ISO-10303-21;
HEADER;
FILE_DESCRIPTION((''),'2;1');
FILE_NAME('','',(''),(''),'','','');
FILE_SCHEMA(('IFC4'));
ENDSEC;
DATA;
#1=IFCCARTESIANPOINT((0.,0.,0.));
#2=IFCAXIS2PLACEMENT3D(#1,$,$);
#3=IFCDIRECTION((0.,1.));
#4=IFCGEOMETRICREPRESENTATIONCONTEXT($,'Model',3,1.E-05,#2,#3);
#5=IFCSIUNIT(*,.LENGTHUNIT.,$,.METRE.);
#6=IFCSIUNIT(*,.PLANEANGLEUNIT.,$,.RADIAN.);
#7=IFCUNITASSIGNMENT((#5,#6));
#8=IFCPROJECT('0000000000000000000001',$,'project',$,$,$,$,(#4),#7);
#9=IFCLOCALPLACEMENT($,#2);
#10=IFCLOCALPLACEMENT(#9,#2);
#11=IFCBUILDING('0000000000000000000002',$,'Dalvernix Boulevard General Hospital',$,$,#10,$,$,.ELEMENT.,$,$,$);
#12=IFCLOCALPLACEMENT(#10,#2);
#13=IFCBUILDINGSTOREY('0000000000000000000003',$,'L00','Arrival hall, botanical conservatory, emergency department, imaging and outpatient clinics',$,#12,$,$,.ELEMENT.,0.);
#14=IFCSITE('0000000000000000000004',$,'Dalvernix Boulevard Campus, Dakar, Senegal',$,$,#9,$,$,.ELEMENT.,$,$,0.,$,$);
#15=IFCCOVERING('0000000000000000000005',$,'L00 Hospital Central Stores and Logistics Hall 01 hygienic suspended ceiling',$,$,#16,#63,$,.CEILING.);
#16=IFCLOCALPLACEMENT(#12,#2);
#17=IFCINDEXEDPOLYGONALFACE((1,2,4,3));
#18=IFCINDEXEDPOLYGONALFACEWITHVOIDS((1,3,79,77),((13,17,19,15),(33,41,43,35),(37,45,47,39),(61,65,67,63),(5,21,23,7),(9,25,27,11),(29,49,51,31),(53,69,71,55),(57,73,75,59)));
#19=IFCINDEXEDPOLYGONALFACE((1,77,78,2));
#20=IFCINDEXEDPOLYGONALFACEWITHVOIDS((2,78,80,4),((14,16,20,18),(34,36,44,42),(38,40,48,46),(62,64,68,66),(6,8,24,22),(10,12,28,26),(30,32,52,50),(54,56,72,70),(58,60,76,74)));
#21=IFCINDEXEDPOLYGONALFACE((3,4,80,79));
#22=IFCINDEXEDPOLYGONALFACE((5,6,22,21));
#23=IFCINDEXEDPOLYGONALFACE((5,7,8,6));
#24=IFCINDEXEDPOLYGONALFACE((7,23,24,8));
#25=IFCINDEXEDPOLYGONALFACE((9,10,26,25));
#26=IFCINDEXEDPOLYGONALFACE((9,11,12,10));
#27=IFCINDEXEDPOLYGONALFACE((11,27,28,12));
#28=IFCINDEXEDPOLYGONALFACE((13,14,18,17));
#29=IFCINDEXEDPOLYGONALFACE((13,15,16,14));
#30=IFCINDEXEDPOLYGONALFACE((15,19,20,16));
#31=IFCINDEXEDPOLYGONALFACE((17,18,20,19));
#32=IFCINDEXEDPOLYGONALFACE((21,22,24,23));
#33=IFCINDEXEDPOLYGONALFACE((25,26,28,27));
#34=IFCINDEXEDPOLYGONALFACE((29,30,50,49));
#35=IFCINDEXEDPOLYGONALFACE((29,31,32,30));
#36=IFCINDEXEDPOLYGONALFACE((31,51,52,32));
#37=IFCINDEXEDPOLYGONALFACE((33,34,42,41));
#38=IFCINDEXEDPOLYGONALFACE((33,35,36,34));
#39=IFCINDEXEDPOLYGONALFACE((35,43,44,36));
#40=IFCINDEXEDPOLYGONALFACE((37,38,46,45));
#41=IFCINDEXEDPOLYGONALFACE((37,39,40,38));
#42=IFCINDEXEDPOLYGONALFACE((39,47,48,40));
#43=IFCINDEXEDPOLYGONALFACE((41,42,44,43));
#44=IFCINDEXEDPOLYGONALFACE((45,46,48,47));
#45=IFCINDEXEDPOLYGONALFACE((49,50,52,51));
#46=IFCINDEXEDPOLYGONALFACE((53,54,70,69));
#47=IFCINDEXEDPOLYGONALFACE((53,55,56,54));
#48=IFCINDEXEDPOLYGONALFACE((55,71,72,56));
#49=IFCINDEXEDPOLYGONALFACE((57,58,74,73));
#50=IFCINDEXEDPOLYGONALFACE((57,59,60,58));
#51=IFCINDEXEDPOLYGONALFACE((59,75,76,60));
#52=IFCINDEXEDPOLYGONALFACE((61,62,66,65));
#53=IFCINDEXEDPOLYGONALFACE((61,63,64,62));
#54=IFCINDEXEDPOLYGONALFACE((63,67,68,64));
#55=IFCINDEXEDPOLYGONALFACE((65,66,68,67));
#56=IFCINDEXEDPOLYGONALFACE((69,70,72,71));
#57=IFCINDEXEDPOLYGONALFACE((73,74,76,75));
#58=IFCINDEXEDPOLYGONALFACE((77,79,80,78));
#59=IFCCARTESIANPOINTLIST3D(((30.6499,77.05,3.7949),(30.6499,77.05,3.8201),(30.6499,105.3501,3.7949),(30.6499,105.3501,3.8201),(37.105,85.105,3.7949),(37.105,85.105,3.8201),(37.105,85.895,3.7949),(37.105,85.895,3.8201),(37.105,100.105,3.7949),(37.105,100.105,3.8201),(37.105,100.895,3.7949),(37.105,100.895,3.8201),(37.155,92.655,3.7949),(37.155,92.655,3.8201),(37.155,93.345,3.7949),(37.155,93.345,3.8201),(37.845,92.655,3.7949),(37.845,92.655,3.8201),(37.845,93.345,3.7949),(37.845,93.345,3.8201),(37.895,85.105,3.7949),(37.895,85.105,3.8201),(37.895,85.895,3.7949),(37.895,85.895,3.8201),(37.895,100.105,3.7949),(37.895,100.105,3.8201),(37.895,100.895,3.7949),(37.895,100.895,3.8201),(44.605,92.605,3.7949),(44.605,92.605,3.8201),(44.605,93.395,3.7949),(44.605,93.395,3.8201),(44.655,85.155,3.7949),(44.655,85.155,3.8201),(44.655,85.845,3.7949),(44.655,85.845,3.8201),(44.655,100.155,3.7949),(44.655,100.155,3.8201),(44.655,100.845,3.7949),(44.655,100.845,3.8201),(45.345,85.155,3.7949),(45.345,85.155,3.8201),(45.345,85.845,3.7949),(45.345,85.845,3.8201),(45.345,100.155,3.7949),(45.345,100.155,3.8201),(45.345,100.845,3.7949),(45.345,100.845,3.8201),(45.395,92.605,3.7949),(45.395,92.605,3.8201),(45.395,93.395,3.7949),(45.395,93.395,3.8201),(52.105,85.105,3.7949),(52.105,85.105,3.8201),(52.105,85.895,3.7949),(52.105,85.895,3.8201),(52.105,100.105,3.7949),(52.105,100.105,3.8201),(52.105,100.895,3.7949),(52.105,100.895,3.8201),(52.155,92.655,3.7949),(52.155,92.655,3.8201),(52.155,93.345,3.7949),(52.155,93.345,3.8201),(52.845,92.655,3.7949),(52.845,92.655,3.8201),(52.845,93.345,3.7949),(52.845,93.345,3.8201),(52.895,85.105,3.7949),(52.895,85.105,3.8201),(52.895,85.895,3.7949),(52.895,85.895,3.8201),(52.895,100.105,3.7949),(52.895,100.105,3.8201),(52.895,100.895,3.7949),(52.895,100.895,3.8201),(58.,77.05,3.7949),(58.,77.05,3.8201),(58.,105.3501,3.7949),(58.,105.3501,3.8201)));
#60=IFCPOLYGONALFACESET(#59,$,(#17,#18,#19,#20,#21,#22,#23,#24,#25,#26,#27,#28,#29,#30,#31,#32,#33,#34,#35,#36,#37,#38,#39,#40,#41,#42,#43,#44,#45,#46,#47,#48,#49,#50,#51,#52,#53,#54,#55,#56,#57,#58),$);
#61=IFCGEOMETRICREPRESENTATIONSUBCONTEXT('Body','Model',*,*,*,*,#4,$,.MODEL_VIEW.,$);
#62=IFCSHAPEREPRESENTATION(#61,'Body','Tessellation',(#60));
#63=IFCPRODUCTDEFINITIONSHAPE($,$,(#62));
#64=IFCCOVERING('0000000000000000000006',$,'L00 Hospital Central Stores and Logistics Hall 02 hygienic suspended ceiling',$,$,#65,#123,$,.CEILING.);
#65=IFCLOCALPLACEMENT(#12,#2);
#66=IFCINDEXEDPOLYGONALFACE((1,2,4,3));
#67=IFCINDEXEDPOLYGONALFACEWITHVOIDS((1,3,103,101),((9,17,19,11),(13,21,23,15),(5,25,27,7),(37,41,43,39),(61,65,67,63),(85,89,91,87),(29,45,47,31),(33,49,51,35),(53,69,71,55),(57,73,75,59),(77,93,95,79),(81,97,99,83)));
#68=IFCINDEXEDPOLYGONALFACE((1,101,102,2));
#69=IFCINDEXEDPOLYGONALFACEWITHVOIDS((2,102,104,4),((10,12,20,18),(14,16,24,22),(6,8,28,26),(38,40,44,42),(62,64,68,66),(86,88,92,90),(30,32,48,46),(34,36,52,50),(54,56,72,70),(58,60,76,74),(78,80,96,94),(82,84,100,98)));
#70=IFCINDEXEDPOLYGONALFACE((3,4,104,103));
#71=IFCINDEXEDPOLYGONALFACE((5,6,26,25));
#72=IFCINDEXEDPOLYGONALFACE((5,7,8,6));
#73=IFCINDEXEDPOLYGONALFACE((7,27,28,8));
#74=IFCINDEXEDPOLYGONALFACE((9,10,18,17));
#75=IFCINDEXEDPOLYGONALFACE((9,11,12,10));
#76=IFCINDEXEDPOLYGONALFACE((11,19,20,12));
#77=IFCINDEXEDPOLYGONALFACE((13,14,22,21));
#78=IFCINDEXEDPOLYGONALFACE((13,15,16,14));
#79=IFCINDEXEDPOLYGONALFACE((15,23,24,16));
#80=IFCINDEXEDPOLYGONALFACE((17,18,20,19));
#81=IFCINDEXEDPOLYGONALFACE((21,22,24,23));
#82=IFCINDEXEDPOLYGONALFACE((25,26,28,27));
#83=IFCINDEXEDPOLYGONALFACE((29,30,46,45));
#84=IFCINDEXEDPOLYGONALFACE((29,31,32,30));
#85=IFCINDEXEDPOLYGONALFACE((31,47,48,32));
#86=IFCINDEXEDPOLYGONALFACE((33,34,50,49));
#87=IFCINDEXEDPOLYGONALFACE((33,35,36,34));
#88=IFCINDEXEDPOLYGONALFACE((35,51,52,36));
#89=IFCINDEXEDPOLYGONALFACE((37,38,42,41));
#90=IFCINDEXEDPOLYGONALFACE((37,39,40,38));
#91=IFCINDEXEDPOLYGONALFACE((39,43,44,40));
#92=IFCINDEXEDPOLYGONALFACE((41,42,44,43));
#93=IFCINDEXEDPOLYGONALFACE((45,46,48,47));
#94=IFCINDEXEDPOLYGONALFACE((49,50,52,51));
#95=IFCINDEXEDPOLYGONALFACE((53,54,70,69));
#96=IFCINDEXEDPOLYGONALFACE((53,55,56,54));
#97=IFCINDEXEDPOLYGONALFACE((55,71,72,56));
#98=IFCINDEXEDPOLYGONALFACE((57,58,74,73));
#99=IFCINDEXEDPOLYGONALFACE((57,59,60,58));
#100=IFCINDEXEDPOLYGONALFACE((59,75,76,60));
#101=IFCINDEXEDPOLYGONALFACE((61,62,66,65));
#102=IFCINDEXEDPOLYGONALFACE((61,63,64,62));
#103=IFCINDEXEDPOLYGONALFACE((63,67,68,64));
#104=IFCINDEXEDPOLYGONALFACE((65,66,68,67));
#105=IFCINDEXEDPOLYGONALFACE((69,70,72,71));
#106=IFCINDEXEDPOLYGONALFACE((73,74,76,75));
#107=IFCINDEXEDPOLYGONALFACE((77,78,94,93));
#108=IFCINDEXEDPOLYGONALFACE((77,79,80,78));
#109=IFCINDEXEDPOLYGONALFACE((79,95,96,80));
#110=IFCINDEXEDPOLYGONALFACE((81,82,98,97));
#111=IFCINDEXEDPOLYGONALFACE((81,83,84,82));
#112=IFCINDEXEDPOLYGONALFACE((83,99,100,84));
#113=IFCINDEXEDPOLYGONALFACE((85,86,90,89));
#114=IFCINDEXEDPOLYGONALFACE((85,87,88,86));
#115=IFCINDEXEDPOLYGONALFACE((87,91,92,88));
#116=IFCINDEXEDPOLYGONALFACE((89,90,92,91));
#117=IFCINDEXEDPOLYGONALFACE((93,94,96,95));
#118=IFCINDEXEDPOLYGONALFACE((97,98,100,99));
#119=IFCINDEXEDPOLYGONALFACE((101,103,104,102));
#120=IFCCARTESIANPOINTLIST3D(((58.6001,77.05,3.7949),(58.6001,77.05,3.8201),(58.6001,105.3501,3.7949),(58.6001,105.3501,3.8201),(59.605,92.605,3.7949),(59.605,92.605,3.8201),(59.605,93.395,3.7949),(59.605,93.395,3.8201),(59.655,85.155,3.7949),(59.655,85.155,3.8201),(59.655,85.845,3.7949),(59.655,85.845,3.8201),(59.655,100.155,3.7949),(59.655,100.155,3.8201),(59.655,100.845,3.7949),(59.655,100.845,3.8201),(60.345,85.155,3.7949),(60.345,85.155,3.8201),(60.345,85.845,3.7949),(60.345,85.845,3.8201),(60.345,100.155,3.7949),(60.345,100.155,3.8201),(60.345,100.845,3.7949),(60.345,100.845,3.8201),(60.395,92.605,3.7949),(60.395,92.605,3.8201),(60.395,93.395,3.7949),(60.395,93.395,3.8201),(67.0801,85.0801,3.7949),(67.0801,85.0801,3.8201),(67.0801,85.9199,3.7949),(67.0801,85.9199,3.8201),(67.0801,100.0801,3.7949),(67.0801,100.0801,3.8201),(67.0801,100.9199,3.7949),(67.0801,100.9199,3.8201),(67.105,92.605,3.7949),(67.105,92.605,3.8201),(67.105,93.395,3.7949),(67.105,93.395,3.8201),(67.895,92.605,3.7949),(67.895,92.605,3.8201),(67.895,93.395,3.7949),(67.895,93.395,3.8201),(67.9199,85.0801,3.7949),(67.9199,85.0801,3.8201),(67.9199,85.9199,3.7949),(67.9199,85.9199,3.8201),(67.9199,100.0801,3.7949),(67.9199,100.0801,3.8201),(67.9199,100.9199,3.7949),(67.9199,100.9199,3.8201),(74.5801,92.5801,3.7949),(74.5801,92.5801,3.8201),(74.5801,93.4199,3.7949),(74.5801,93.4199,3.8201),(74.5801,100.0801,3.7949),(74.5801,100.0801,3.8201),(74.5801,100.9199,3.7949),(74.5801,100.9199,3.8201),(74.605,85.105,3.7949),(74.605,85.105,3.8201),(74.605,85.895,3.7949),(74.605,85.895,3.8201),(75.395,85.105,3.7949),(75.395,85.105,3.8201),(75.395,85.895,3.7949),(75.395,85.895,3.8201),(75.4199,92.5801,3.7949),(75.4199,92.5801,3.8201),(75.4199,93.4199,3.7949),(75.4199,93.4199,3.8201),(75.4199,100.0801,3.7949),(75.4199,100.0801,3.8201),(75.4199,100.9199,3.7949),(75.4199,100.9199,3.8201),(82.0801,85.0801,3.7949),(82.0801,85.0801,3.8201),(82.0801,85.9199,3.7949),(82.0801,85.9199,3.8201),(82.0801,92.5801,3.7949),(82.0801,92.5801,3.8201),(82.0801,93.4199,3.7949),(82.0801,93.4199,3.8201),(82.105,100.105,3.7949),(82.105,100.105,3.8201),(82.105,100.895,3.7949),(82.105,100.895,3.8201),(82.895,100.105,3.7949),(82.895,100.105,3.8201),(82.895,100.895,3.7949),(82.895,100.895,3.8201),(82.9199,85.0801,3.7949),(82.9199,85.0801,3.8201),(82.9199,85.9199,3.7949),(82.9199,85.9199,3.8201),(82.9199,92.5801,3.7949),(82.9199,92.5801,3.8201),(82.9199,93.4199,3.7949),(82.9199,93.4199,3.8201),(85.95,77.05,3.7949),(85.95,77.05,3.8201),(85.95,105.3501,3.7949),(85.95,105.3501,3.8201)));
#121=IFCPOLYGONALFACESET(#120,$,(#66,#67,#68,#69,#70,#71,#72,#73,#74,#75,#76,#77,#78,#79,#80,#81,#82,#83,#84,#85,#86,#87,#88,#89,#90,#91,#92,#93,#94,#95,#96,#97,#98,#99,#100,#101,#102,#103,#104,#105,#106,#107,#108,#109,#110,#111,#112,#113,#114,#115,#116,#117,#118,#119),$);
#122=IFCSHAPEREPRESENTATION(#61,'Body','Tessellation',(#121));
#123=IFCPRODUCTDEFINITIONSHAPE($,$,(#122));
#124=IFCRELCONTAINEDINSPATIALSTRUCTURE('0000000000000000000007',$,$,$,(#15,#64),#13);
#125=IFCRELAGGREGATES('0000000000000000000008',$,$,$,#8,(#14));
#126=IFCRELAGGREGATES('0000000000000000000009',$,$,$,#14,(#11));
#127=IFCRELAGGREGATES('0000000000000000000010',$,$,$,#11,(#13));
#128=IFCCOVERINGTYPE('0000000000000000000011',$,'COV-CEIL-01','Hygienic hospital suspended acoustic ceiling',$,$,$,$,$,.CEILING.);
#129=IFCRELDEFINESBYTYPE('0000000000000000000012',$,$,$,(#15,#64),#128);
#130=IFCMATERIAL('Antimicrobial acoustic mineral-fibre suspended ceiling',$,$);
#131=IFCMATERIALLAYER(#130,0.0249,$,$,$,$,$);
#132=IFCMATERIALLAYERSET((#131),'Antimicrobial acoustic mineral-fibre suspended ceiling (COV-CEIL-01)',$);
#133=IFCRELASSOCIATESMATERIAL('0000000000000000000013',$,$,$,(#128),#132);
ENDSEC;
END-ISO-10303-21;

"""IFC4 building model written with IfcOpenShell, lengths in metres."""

from ifc_helpers import new_model, si_unit, direction, frame, origin, place, context, subcontext, project, spatial, polyline, outline, extrude, material, layer, layer_set, type_object, element, save


model = new_model("IFC4")

# Units and contexts
model_context = context("Model", 3, precision=1e-05, world=origin(), true_north=direction((0.0, 1.0)))
body_context = subcontext(model_context, "Body", "Model", "MODEL_VIEW")
ifc_project = project(units=[si_unit("LENGTHUNIT", "METRE"), si_unit("PLANEANGLEUNIT", "RADIAN")], contexts=[model_context])

# Site, building, storey
site_placement = place(None, origin())
site = spatial("IfcSite", under=ifc_project, at=site_placement, Name="Dalvernix Boulevard Campus, Dakar, Senegal", CompositionType="ELEMENT", RefElevation=0.0)
building_placement = place(site_placement, origin())
building = spatial("IfcBuilding", under=site, at=building_placement, Name="Dalvernix Boulevard General Hospital", CompositionType="ELEMENT")
storey_placement = place(building_placement, origin())
storey = spatial("IfcBuildingStorey", under=building, at=storey_placement, Name="L00", Description="Arrival hall, botanical conservatory, emergency department, imaging and outpatient clinics", CompositionType="ELEMENT", Elevation=0.0)

# Coverings
ifc_material_1 = material(Name="Antimicrobial acoustic mineral-fibre suspended ceiling")
ifc_layer_1 = layer(ifc_material_1, 0.0249)
ifc_layer_set_1 = layer_set([ifc_layer_1], Name="Antimicrobial acoustic mineral-fibre suspended ceiling (COV-CEIL-01)")
covering_type_1 = type_object("IfcCoveringType", Name="COV-CEIL-01", Description="Hygienic hospital suspended acoustic ceiling", PredefinedType="CEILING", material=ifc_layer_set_1)
covering_1_placement = place(storey_placement, frame((0.0, 0.0, 3.7949)))
element("IfcCovering", 1, at=covering_1_placement, inside=storey, type_object=covering_type_1, Name="L00 Hospital Central Stores and Logistics Hall 01 hygienic suspended ceiling", PredefinedType="CEILING", context=body_context, shape_type="SweptSolid", body=[
    extrude(outline(polyline([(30.6499, 77.05), (30.6499, 105.3501), (58.0, 105.3501), (58.0, 77.05), (30.6499, 77.05)]), holes=[polyline([(37.895, 85.895), (37.105, 85.895), (37.105, 85.105), (37.895, 85.105), (37.895, 85.895)]), polyline([(37.845, 92.655), (37.845, 93.345), (37.155, 93.345), (37.155, 92.655), (37.845, 92.655)]), polyline([(37.105, 100.105), (37.895, 100.105), (37.895, 100.895), (37.105, 100.895), (37.105, 100.105)]), polyline([(44.655, 85.845), (44.655, 85.155), (45.345, 85.155), (45.345, 85.845), (44.655, 85.845)]), polyline([(45.395, 93.395), (44.605, 93.395), (44.605, 92.605), (45.395, 92.605), (45.395, 93.395)]), polyline([(45.345, 100.155), (45.345, 100.845), (44.655, 100.845), (44.655, 100.155), (45.345, 100.155)]), polyline([(52.105, 85.105), (52.895, 85.105), (52.895, 85.895), (52.105, 85.895), (52.105, 85.105)]), polyline([(52.155, 93.345), (52.155, 92.655), (52.845, 92.655), (52.845, 93.345), (52.155, 93.345)]), polyline([(52.895, 100.895), (52.105, 100.895), (52.105, 100.105), (52.895, 100.105), (52.895, 100.895)])]), origin(), (0.0, 0.0, 1.0), 0.0251),
])
covering_2_placement = place(storey_placement, frame((0.0, 0.0, 3.7949)))
element("IfcCovering", 2, at=covering_2_placement, inside=storey, type_object=covering_type_1, Name="L00 Hospital Central Stores and Logistics Hall 02 hygienic suspended ceiling", PredefinedType="CEILING", context=body_context, shape_type="SweptSolid", body=[
    extrude(outline(polyline([(85.95, 77.05), (58.6001, 77.05), (58.6001, 105.3501), (85.95, 105.3501), (85.95, 77.05)]), holes=[polyline([(60.345, 85.155), (60.345, 85.845), (59.655, 85.845), (59.655, 85.155), (60.345, 85.155)]), polyline([(59.605, 92.605), (60.395, 92.605), (60.395, 93.395), (59.605, 93.395), (59.605, 92.605)]), polyline([(59.655, 100.845), (59.655, 100.155), (60.345, 100.155), (60.345, 100.845), (59.655, 100.845)]), polyline([(67.9199, 85.9199), (67.0801, 85.9199), (67.0801, 85.0801), (67.9199, 85.0801), (67.9199, 85.9199)]), polyline([(67.895, 92.605), (67.895, 93.395), (67.105, 93.395), (67.105, 92.605), (67.895, 92.605)]), polyline([(67.0801, 100.0801), (67.9199, 100.0801), (67.9199, 100.9199), (67.0801, 100.9199), (67.0801, 100.0801)]), polyline([(74.605, 85.895), (74.605, 85.105), (75.395, 85.105), (75.395, 85.895), (74.605, 85.895)]), polyline([(75.4199, 93.4199), (74.5801, 93.4199), (74.5801, 92.5801), (75.4199, 92.5801), (75.4199, 93.4199)]), polyline([(75.4199, 100.0801), (75.4199, 100.9199), (74.5801, 100.9199), (74.5801, 100.0801), (75.4199, 100.0801)]), polyline([(82.0801, 85.0801), (82.9199, 85.0801), (82.9199, 85.9199), (82.0801, 85.9199), (82.0801, 85.0801)]), polyline([(82.0801, 93.4199), (82.0801, 92.5801), (82.9199, 92.5801), (82.9199, 93.4199), (82.0801, 93.4199)]), polyline([(82.895, 100.895), (82.105, 100.895), (82.105, 100.105), (82.895, 100.105), (82.895, 100.895)])]), origin(), (0.0, 0.0, 1.0), 0.0251),
])

save(model, "model.ifc")
